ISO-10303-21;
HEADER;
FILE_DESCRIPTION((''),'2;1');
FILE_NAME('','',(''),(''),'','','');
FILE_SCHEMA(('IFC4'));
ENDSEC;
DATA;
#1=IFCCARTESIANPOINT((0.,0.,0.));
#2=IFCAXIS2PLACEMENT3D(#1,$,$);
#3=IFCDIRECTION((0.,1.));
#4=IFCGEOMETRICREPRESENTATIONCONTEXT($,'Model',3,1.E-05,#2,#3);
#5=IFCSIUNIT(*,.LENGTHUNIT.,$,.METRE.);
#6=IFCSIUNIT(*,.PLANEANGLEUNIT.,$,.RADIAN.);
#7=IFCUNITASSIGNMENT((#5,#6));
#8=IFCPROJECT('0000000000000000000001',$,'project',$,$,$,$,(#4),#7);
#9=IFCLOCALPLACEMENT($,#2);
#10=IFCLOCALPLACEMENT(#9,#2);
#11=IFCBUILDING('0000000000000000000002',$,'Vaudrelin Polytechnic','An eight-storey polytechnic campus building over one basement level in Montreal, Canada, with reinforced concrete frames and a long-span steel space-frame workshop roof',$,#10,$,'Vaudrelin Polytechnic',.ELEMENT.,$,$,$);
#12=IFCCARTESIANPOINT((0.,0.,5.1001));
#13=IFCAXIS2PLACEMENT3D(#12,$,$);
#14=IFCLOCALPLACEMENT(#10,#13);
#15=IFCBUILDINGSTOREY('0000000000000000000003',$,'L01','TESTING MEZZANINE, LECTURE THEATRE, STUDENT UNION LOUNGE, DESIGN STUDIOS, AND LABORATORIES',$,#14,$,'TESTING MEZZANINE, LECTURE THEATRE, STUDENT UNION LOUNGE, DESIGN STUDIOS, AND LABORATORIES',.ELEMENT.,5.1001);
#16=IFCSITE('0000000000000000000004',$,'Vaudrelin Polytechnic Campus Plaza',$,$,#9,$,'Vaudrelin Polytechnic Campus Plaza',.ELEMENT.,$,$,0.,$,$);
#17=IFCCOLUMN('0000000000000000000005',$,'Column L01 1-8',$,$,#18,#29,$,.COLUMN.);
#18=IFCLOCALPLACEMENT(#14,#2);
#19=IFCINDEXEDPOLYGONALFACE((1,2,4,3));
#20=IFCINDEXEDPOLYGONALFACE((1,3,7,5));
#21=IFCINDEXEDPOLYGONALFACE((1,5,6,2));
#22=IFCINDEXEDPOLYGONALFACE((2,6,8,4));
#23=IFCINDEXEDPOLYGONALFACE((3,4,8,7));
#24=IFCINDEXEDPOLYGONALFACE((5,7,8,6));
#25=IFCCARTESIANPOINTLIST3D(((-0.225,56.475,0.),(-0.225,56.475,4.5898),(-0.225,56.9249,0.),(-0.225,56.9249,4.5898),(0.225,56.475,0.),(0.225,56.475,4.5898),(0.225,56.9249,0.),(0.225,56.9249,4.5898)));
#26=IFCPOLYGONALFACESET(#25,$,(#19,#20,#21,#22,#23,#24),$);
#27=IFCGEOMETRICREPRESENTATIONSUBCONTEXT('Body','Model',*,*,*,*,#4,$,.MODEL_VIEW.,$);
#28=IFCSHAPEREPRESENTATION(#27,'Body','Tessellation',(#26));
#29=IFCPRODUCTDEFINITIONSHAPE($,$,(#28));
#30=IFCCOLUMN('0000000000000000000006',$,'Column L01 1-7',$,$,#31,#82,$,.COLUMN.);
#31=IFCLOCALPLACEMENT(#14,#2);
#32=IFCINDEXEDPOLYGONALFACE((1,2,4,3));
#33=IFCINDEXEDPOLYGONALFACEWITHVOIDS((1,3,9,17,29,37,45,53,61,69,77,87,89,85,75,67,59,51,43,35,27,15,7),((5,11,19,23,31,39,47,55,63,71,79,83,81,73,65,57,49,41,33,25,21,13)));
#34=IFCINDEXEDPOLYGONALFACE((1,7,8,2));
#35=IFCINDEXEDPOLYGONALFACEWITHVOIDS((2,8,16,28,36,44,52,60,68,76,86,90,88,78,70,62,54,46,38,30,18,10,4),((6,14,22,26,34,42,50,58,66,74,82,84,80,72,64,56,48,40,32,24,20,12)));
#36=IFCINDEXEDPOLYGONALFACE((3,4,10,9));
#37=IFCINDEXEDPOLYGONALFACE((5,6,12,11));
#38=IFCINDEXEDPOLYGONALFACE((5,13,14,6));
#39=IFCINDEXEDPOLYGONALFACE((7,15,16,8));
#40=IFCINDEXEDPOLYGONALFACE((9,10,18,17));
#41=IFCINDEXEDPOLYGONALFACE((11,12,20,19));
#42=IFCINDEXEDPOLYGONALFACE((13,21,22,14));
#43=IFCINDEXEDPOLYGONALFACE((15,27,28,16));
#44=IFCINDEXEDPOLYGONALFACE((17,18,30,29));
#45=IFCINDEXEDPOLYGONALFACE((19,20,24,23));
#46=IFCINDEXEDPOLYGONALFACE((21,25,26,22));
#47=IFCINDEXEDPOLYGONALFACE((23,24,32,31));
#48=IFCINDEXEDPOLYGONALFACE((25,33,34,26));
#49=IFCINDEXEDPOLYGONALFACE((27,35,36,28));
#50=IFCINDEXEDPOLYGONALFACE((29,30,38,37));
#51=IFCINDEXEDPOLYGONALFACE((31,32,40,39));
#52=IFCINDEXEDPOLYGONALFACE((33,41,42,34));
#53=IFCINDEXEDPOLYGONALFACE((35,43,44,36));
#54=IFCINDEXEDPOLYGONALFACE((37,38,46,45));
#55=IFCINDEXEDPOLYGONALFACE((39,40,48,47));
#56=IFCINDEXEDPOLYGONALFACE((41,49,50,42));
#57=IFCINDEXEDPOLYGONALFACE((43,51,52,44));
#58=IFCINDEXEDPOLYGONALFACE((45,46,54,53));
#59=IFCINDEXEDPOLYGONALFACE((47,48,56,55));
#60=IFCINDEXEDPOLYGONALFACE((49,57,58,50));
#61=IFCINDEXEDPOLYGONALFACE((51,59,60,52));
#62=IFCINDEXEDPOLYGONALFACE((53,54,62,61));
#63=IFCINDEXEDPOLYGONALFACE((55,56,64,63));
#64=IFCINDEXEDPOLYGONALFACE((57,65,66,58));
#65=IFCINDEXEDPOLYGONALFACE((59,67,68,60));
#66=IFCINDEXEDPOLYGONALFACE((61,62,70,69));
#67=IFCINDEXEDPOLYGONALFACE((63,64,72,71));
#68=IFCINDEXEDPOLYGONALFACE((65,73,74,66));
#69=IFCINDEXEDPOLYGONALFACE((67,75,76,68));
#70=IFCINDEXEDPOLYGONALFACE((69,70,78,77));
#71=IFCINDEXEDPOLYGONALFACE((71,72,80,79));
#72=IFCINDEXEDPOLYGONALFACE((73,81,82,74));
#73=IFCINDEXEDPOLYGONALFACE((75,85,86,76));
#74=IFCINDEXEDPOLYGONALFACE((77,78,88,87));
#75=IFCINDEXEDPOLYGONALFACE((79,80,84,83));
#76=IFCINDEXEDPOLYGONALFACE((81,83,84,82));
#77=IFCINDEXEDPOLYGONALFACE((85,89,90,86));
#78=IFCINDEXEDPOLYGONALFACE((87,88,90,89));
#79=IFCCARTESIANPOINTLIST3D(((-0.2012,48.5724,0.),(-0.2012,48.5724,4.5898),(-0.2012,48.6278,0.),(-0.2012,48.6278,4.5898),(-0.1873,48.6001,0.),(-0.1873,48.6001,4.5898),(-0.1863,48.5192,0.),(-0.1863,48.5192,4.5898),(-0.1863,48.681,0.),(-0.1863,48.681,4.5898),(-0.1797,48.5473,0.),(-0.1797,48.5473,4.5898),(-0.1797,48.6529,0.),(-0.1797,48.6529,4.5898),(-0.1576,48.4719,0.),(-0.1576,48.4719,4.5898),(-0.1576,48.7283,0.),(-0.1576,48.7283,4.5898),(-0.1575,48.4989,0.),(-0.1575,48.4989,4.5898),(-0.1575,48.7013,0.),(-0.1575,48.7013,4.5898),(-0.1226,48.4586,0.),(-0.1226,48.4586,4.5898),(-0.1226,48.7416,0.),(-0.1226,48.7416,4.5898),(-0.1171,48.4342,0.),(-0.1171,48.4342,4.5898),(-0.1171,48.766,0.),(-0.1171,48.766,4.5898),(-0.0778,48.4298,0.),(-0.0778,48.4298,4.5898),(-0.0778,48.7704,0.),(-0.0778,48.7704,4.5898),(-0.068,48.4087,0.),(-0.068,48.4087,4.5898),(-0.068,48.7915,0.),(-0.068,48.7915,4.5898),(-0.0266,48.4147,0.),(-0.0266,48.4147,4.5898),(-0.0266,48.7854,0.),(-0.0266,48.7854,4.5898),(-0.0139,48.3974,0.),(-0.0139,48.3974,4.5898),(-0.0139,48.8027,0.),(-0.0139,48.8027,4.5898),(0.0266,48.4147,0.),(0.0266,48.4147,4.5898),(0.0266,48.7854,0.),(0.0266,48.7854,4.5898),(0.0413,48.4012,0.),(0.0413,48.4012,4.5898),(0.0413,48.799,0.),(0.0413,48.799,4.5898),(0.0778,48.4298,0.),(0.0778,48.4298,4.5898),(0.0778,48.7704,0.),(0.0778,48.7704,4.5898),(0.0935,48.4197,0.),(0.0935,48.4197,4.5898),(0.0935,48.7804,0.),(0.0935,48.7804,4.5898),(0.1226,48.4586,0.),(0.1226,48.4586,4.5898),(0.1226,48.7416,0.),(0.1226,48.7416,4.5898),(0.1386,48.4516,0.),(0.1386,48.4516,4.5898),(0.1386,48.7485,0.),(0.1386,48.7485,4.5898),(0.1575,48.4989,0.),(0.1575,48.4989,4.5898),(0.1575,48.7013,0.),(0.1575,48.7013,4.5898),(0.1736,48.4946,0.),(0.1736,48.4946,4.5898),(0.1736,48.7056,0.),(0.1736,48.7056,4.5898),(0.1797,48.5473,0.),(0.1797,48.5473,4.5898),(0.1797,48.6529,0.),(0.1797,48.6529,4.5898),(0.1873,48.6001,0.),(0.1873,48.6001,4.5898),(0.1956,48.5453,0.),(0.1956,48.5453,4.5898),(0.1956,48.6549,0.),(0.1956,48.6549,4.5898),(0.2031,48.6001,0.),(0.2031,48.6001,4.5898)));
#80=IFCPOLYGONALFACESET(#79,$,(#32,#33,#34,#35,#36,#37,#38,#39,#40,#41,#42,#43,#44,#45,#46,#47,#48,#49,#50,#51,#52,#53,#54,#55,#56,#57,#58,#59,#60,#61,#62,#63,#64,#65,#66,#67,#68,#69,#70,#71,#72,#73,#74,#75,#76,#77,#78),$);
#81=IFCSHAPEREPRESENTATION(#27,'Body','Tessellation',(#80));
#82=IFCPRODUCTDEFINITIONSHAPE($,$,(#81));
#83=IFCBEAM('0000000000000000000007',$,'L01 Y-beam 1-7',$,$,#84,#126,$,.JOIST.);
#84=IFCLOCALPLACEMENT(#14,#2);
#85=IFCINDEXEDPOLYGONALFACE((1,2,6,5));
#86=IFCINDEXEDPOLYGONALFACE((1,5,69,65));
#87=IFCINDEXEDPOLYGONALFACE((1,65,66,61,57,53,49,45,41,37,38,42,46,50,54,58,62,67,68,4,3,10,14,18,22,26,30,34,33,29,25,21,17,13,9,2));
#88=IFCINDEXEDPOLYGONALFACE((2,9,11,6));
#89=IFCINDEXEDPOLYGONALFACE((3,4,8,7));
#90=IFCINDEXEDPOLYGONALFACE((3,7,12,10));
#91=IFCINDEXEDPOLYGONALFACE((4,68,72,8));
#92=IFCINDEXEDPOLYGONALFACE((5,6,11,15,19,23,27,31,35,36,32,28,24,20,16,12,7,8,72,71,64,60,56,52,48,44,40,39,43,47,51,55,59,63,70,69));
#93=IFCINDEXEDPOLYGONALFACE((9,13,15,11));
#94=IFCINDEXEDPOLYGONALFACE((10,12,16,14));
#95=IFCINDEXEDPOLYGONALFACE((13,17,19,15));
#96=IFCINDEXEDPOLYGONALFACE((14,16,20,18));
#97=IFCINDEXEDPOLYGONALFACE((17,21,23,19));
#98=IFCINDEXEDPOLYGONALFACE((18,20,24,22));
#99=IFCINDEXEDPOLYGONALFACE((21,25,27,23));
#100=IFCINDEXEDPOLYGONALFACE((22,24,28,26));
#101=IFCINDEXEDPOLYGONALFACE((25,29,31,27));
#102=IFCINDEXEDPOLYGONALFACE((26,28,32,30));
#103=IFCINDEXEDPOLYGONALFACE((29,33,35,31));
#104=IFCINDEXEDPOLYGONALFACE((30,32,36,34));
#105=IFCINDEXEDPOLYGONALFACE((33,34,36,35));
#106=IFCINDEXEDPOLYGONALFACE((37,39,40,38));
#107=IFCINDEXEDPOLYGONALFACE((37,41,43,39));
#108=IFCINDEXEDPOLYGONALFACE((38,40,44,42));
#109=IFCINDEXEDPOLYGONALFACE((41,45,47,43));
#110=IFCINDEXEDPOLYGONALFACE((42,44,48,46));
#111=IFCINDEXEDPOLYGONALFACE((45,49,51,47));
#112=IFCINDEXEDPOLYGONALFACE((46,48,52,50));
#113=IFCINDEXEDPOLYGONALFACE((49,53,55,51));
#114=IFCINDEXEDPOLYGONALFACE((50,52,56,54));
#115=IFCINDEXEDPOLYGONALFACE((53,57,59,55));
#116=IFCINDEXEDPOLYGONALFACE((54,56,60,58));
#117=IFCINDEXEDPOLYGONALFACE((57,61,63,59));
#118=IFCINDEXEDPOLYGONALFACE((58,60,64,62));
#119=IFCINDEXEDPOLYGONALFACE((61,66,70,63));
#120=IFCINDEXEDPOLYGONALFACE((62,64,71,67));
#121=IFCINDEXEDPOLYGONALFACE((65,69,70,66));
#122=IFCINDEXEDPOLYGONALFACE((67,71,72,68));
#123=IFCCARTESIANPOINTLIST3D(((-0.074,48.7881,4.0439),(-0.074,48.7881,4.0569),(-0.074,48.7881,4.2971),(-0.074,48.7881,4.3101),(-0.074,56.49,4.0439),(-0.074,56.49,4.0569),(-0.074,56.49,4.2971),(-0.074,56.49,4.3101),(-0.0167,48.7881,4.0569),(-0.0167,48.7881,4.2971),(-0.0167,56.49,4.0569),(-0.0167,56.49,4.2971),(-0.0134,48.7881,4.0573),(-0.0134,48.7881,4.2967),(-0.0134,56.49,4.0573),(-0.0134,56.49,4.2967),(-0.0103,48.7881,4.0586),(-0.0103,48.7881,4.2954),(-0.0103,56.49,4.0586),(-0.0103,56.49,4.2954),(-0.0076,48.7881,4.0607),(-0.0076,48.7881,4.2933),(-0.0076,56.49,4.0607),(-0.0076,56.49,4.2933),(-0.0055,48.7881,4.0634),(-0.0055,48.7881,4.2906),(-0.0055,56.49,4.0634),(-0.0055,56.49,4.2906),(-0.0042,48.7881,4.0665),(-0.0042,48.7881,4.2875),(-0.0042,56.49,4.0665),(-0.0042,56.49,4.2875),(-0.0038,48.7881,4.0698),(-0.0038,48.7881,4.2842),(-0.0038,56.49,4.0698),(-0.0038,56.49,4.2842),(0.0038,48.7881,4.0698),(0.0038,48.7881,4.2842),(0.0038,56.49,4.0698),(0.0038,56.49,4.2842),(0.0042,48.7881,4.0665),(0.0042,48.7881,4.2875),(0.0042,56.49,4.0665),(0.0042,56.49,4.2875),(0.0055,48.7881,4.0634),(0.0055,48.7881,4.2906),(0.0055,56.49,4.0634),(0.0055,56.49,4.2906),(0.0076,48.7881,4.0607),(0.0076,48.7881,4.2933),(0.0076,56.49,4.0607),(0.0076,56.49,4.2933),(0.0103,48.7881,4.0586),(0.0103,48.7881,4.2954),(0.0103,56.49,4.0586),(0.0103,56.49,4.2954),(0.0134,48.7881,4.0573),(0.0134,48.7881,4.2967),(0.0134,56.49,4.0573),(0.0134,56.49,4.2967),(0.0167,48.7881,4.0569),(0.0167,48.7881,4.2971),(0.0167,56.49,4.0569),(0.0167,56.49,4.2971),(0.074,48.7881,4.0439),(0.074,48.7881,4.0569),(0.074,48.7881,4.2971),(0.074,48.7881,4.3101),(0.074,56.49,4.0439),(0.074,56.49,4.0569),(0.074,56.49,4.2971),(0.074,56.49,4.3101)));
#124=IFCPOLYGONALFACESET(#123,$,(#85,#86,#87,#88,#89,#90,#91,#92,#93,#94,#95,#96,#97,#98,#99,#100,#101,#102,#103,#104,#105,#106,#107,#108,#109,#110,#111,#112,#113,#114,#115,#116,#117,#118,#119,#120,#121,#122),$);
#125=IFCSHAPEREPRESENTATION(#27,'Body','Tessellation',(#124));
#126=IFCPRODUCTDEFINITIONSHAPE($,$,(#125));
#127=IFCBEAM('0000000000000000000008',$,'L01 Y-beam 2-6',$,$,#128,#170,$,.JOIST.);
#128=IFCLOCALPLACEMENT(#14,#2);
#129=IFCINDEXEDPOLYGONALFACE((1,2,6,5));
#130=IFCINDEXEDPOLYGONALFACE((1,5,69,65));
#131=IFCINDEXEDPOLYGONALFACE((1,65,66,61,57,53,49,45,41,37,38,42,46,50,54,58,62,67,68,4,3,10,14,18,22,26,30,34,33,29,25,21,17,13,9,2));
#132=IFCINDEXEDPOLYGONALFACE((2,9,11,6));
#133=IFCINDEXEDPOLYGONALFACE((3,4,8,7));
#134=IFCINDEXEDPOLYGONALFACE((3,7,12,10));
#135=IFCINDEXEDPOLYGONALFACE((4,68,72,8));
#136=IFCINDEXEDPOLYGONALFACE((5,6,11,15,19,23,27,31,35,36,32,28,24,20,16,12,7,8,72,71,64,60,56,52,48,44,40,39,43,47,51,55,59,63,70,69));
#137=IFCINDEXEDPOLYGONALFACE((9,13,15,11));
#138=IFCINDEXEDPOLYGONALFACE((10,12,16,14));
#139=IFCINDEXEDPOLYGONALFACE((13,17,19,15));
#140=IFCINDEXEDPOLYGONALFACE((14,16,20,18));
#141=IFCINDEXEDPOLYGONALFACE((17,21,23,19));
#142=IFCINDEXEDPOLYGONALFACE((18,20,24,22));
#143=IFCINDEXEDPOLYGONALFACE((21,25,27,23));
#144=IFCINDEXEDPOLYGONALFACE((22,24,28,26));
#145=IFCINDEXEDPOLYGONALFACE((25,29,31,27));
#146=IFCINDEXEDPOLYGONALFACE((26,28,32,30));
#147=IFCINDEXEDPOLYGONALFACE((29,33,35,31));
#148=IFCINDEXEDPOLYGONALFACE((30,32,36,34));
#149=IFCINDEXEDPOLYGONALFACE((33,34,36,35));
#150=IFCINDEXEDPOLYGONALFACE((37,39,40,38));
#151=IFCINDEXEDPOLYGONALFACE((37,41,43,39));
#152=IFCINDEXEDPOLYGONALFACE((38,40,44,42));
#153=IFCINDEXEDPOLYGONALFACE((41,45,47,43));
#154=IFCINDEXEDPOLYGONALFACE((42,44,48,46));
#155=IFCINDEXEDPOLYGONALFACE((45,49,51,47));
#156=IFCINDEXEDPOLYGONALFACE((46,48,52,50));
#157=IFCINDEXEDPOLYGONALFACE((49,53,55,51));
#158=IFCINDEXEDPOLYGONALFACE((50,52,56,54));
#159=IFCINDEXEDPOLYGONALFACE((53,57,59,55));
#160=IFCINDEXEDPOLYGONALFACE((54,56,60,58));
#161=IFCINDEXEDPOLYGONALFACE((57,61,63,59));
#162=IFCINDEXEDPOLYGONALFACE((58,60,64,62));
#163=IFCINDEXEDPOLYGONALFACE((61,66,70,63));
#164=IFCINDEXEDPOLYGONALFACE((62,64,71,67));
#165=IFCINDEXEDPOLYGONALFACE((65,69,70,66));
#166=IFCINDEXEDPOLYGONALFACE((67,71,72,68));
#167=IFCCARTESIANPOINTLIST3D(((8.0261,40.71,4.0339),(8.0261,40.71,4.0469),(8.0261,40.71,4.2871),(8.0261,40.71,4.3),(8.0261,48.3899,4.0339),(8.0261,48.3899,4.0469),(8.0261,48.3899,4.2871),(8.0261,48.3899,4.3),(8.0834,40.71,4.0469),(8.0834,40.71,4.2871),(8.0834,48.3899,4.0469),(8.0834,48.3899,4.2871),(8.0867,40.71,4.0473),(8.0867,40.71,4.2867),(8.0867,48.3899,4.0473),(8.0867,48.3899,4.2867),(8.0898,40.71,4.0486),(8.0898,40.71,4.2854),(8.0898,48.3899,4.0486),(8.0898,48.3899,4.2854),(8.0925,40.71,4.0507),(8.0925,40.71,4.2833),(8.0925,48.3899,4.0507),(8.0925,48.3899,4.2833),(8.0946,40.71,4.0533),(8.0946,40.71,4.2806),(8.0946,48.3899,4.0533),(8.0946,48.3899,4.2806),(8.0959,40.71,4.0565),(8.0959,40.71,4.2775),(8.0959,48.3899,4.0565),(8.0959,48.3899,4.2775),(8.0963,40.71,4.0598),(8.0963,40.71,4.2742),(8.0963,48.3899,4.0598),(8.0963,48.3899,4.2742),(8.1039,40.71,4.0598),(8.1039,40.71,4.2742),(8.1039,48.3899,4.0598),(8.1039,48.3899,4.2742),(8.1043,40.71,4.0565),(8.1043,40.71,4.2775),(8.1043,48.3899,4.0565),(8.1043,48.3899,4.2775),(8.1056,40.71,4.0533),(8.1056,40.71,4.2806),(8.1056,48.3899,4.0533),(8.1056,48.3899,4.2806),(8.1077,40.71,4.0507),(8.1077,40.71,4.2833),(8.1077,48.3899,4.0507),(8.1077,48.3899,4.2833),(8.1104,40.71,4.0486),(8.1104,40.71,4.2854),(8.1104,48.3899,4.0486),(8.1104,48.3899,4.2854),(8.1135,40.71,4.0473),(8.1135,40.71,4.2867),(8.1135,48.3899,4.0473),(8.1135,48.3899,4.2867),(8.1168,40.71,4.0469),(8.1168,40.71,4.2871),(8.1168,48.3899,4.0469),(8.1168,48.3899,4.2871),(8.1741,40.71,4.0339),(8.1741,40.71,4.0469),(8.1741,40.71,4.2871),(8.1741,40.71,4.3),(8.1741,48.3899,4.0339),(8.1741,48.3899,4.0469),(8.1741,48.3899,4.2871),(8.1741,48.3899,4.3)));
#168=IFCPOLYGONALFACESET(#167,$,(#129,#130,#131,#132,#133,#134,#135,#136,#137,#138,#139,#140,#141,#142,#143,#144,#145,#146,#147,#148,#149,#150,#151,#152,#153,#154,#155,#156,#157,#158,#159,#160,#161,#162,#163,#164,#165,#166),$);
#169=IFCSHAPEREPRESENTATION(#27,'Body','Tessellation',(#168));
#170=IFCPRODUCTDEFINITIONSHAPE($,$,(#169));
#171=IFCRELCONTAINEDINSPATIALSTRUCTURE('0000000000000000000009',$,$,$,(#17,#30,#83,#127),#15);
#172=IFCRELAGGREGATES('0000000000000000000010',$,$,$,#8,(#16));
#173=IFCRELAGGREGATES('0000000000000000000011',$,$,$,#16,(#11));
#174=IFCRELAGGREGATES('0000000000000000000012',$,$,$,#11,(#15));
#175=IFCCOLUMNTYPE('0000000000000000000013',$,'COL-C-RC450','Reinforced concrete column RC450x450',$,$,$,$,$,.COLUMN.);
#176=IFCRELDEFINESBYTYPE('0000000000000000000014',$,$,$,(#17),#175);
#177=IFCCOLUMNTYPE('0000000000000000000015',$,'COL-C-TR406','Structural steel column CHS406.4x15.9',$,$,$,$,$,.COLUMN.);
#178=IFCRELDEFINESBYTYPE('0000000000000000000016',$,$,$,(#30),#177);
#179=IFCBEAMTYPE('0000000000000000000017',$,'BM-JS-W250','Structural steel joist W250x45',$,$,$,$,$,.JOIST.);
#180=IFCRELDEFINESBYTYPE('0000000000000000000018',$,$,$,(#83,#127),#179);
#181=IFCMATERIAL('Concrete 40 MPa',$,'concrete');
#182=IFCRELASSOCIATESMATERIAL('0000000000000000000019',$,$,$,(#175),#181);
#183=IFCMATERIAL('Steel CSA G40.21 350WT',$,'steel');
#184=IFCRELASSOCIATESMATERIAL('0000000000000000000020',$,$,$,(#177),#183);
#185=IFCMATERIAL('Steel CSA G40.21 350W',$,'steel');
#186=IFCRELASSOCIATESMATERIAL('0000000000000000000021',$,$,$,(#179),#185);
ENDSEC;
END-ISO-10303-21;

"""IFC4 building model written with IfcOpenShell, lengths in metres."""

from ifc_helpers import new_model, si_unit, direction, frame, origin, origin_2d, place, context, subcontext, project, spatial, rectangle, hollow_circle, i_section, extrude, material, material_profile, profile_set, type_object, element, save


model = new_model("IFC4")

# Units and contexts
model_context = context("Model", 3, precision=1e-05, world=origin(), true_north=direction((0.0, 1.0)))
body_context = subcontext(model_context, "Body", "Model", "MODEL_VIEW")
ifc_project = project(units=[si_unit("LENGTHUNIT", "METRE"), si_unit("PLANEANGLEUNIT", "RADIAN")], contexts=[model_context])

# Site, building, storey
site_placement = place(None, origin())
site = spatial("IfcSite", under=ifc_project, at=site_placement, Name="Vaudrelin Polytechnic Campus Plaza", LongName="Vaudrelin Polytechnic Campus Plaza", CompositionType="ELEMENT", RefElevation=0.0)
building_placement = place(site_placement, origin())
building = spatial("IfcBuilding", under=site, at=building_placement, Name="Vaudrelin Polytechnic", Description="An eight-storey polytechnic campus building over one basement level in Montreal, Canada, with reinforced concrete frames and a long-span steel space-frame workshop roof", LongName="Vaudrelin Polytechnic", CompositionType="ELEMENT")
storey_placement = place(building_placement, frame((0.0, 0.0, 5.1001)))
storey = spatial("IfcBuildingStorey", under=building, at=storey_placement, Name="L01", Description="TESTING MEZZANINE, LECTURE THEATRE, STUDENT UNION LOUNGE, DESIGN STUDIOS, AND LABORATORIES", LongName="TESTING MEZZANINE, LECTURE THEATRE, STUDENT UNION LOUNGE, DESIGN STUDIOS, AND LABORATORIES", CompositionType="ELEMENT", Elevation=5.1001)

# Columns
ifc_material_1 = material(Name="Concrete 40 MPa", Category="concrete")
ifc_material_profile_1 = material_profile(ifc_material_1, rectangle(XDim=0.45, YDim=0.45, at=origin_2d()), Name="RC450x450")
ifc_profile_set_1 = profile_set([ifc_material_profile_1], Name="Concrete 40 MPa")
column_type_1 = type_object("IfcColumnType", Name="COL-C-RC450", Description="Reinforced concrete column RC450x450", PredefinedType="COLUMN", material=ifc_profile_set_1)
column_1_placement = place(storey_placement, frame((0.0, 56.7, 0.0), z_axis=(0.0, 0.0, 1.0), x_axis=(1.0, 0.0, 0.0)))
element("IfcColumn", 1, at=column_1_placement, inside=storey, type_object=column_type_1, Name="Column L01 1-8", PredefinedType="COLUMN", context=body_context, shape_type="SweptSolid", body=[
    extrude(rectangle(XDim=0.45, YDim=0.45, at=origin_2d()), origin(), (0.0, 0.0, 1.0), 4.5898),
])
ifc_material_2 = material(Name="Steel CSA G40.21 350WT", Category="steel")
ifc_material_profile_2 = material_profile(ifc_material_2, hollow_circle(Radius=0.2031, WallThickness=0.0159, at=origin_2d()), Name="CHS406.4x15.9")
ifc_profile_set_2 = profile_set([ifc_material_profile_2], Name="Steel CSA G40.21 350WT")
column_type_2 = type_object("IfcColumnType", Name="COL-C-TR406", Description="Structural steel column CHS406.4x15.9", PredefinedType="COLUMN", material=ifc_profile_set_2)
column_2_placement = place(storey_placement, frame((0.0, 48.6001, 0.0), z_axis=(0.0, 0.0, 1.0), x_axis=(1.0, 0.0, 0.0)))
element("IfcColumn", 2, at=column_2_placement, inside=storey, type_object=column_type_2, Name="Column L01 1-7", PredefinedType="COLUMN", context=body_context, shape_type="SweptSolid", body=[
    extrude(hollow_circle(Radius=0.2031, WallThickness=0.0159, at=origin_2d()), origin(), (0.0, 0.0, 1.0), 4.5898),
])

# Beams
ifc_material_3 = material(Name="Steel CSA G40.21 350W", Category="steel")
ifc_material_profile_3 = material_profile(ifc_material_3, i_section(OverallWidth=0.1479, OverallDepth=0.2661, WebThickness=0.0076, FlangeThickness=0.0129, FilletRadius=0.0129, at=origin_2d()), Name="W250x45")
ifc_profile_set_3 = profile_set([ifc_material_profile_3], Name="Steel CSA G40.21 350W")
beam_type_1 = type_object("IfcBeamType", Name="BM-JS-W250", Description="Structural steel joist W250x45", PredefinedType="JOIST", material=ifc_profile_set_3)
beam_1_placement = place(storey_placement, frame((0.0, 48.7881, 4.177), z_axis=(0.0, 1.0, 0.0), x_axis=(-1.0, 0.0, 0.0)))
element("IfcBeam", 3, at=beam_1_placement, inside=storey, type_object=beam_type_1, Name="L01 Y-beam 1-7", PredefinedType="JOIST", context=body_context, shape_type="SweptSolid", body=[
    extrude(i_section(OverallWidth=0.1479, OverallDepth=0.2661, WebThickness=0.0076, FlangeThickness=0.0129, FilletRadius=0.0129, at=origin_2d()), origin(), (0.0, 0.0, 1.0), 7.7019),
])
beam_2_placement = place(storey_placement, frame((8.1001, 40.71, 4.167), z_axis=(0.0, 1.0, 0.0), x_axis=(-1.0, 0.0, 0.0)))
element("IfcBeam", 4, at=beam_2_placement, inside=storey, type_object=beam_type_1, Name="L01 Y-beam 2-6", PredefinedType="JOIST", context=body_context, shape_type="SweptSolid", body=[
    extrude(i_section(OverallWidth=0.1479, OverallDepth=0.2661, WebThickness=0.0076, FlangeThickness=0.0129, FilletRadius=0.0129, at=origin_2d()), origin(), (0.0, 0.0, 1.0), 7.6799),
])

save(model, "model.ifc")
